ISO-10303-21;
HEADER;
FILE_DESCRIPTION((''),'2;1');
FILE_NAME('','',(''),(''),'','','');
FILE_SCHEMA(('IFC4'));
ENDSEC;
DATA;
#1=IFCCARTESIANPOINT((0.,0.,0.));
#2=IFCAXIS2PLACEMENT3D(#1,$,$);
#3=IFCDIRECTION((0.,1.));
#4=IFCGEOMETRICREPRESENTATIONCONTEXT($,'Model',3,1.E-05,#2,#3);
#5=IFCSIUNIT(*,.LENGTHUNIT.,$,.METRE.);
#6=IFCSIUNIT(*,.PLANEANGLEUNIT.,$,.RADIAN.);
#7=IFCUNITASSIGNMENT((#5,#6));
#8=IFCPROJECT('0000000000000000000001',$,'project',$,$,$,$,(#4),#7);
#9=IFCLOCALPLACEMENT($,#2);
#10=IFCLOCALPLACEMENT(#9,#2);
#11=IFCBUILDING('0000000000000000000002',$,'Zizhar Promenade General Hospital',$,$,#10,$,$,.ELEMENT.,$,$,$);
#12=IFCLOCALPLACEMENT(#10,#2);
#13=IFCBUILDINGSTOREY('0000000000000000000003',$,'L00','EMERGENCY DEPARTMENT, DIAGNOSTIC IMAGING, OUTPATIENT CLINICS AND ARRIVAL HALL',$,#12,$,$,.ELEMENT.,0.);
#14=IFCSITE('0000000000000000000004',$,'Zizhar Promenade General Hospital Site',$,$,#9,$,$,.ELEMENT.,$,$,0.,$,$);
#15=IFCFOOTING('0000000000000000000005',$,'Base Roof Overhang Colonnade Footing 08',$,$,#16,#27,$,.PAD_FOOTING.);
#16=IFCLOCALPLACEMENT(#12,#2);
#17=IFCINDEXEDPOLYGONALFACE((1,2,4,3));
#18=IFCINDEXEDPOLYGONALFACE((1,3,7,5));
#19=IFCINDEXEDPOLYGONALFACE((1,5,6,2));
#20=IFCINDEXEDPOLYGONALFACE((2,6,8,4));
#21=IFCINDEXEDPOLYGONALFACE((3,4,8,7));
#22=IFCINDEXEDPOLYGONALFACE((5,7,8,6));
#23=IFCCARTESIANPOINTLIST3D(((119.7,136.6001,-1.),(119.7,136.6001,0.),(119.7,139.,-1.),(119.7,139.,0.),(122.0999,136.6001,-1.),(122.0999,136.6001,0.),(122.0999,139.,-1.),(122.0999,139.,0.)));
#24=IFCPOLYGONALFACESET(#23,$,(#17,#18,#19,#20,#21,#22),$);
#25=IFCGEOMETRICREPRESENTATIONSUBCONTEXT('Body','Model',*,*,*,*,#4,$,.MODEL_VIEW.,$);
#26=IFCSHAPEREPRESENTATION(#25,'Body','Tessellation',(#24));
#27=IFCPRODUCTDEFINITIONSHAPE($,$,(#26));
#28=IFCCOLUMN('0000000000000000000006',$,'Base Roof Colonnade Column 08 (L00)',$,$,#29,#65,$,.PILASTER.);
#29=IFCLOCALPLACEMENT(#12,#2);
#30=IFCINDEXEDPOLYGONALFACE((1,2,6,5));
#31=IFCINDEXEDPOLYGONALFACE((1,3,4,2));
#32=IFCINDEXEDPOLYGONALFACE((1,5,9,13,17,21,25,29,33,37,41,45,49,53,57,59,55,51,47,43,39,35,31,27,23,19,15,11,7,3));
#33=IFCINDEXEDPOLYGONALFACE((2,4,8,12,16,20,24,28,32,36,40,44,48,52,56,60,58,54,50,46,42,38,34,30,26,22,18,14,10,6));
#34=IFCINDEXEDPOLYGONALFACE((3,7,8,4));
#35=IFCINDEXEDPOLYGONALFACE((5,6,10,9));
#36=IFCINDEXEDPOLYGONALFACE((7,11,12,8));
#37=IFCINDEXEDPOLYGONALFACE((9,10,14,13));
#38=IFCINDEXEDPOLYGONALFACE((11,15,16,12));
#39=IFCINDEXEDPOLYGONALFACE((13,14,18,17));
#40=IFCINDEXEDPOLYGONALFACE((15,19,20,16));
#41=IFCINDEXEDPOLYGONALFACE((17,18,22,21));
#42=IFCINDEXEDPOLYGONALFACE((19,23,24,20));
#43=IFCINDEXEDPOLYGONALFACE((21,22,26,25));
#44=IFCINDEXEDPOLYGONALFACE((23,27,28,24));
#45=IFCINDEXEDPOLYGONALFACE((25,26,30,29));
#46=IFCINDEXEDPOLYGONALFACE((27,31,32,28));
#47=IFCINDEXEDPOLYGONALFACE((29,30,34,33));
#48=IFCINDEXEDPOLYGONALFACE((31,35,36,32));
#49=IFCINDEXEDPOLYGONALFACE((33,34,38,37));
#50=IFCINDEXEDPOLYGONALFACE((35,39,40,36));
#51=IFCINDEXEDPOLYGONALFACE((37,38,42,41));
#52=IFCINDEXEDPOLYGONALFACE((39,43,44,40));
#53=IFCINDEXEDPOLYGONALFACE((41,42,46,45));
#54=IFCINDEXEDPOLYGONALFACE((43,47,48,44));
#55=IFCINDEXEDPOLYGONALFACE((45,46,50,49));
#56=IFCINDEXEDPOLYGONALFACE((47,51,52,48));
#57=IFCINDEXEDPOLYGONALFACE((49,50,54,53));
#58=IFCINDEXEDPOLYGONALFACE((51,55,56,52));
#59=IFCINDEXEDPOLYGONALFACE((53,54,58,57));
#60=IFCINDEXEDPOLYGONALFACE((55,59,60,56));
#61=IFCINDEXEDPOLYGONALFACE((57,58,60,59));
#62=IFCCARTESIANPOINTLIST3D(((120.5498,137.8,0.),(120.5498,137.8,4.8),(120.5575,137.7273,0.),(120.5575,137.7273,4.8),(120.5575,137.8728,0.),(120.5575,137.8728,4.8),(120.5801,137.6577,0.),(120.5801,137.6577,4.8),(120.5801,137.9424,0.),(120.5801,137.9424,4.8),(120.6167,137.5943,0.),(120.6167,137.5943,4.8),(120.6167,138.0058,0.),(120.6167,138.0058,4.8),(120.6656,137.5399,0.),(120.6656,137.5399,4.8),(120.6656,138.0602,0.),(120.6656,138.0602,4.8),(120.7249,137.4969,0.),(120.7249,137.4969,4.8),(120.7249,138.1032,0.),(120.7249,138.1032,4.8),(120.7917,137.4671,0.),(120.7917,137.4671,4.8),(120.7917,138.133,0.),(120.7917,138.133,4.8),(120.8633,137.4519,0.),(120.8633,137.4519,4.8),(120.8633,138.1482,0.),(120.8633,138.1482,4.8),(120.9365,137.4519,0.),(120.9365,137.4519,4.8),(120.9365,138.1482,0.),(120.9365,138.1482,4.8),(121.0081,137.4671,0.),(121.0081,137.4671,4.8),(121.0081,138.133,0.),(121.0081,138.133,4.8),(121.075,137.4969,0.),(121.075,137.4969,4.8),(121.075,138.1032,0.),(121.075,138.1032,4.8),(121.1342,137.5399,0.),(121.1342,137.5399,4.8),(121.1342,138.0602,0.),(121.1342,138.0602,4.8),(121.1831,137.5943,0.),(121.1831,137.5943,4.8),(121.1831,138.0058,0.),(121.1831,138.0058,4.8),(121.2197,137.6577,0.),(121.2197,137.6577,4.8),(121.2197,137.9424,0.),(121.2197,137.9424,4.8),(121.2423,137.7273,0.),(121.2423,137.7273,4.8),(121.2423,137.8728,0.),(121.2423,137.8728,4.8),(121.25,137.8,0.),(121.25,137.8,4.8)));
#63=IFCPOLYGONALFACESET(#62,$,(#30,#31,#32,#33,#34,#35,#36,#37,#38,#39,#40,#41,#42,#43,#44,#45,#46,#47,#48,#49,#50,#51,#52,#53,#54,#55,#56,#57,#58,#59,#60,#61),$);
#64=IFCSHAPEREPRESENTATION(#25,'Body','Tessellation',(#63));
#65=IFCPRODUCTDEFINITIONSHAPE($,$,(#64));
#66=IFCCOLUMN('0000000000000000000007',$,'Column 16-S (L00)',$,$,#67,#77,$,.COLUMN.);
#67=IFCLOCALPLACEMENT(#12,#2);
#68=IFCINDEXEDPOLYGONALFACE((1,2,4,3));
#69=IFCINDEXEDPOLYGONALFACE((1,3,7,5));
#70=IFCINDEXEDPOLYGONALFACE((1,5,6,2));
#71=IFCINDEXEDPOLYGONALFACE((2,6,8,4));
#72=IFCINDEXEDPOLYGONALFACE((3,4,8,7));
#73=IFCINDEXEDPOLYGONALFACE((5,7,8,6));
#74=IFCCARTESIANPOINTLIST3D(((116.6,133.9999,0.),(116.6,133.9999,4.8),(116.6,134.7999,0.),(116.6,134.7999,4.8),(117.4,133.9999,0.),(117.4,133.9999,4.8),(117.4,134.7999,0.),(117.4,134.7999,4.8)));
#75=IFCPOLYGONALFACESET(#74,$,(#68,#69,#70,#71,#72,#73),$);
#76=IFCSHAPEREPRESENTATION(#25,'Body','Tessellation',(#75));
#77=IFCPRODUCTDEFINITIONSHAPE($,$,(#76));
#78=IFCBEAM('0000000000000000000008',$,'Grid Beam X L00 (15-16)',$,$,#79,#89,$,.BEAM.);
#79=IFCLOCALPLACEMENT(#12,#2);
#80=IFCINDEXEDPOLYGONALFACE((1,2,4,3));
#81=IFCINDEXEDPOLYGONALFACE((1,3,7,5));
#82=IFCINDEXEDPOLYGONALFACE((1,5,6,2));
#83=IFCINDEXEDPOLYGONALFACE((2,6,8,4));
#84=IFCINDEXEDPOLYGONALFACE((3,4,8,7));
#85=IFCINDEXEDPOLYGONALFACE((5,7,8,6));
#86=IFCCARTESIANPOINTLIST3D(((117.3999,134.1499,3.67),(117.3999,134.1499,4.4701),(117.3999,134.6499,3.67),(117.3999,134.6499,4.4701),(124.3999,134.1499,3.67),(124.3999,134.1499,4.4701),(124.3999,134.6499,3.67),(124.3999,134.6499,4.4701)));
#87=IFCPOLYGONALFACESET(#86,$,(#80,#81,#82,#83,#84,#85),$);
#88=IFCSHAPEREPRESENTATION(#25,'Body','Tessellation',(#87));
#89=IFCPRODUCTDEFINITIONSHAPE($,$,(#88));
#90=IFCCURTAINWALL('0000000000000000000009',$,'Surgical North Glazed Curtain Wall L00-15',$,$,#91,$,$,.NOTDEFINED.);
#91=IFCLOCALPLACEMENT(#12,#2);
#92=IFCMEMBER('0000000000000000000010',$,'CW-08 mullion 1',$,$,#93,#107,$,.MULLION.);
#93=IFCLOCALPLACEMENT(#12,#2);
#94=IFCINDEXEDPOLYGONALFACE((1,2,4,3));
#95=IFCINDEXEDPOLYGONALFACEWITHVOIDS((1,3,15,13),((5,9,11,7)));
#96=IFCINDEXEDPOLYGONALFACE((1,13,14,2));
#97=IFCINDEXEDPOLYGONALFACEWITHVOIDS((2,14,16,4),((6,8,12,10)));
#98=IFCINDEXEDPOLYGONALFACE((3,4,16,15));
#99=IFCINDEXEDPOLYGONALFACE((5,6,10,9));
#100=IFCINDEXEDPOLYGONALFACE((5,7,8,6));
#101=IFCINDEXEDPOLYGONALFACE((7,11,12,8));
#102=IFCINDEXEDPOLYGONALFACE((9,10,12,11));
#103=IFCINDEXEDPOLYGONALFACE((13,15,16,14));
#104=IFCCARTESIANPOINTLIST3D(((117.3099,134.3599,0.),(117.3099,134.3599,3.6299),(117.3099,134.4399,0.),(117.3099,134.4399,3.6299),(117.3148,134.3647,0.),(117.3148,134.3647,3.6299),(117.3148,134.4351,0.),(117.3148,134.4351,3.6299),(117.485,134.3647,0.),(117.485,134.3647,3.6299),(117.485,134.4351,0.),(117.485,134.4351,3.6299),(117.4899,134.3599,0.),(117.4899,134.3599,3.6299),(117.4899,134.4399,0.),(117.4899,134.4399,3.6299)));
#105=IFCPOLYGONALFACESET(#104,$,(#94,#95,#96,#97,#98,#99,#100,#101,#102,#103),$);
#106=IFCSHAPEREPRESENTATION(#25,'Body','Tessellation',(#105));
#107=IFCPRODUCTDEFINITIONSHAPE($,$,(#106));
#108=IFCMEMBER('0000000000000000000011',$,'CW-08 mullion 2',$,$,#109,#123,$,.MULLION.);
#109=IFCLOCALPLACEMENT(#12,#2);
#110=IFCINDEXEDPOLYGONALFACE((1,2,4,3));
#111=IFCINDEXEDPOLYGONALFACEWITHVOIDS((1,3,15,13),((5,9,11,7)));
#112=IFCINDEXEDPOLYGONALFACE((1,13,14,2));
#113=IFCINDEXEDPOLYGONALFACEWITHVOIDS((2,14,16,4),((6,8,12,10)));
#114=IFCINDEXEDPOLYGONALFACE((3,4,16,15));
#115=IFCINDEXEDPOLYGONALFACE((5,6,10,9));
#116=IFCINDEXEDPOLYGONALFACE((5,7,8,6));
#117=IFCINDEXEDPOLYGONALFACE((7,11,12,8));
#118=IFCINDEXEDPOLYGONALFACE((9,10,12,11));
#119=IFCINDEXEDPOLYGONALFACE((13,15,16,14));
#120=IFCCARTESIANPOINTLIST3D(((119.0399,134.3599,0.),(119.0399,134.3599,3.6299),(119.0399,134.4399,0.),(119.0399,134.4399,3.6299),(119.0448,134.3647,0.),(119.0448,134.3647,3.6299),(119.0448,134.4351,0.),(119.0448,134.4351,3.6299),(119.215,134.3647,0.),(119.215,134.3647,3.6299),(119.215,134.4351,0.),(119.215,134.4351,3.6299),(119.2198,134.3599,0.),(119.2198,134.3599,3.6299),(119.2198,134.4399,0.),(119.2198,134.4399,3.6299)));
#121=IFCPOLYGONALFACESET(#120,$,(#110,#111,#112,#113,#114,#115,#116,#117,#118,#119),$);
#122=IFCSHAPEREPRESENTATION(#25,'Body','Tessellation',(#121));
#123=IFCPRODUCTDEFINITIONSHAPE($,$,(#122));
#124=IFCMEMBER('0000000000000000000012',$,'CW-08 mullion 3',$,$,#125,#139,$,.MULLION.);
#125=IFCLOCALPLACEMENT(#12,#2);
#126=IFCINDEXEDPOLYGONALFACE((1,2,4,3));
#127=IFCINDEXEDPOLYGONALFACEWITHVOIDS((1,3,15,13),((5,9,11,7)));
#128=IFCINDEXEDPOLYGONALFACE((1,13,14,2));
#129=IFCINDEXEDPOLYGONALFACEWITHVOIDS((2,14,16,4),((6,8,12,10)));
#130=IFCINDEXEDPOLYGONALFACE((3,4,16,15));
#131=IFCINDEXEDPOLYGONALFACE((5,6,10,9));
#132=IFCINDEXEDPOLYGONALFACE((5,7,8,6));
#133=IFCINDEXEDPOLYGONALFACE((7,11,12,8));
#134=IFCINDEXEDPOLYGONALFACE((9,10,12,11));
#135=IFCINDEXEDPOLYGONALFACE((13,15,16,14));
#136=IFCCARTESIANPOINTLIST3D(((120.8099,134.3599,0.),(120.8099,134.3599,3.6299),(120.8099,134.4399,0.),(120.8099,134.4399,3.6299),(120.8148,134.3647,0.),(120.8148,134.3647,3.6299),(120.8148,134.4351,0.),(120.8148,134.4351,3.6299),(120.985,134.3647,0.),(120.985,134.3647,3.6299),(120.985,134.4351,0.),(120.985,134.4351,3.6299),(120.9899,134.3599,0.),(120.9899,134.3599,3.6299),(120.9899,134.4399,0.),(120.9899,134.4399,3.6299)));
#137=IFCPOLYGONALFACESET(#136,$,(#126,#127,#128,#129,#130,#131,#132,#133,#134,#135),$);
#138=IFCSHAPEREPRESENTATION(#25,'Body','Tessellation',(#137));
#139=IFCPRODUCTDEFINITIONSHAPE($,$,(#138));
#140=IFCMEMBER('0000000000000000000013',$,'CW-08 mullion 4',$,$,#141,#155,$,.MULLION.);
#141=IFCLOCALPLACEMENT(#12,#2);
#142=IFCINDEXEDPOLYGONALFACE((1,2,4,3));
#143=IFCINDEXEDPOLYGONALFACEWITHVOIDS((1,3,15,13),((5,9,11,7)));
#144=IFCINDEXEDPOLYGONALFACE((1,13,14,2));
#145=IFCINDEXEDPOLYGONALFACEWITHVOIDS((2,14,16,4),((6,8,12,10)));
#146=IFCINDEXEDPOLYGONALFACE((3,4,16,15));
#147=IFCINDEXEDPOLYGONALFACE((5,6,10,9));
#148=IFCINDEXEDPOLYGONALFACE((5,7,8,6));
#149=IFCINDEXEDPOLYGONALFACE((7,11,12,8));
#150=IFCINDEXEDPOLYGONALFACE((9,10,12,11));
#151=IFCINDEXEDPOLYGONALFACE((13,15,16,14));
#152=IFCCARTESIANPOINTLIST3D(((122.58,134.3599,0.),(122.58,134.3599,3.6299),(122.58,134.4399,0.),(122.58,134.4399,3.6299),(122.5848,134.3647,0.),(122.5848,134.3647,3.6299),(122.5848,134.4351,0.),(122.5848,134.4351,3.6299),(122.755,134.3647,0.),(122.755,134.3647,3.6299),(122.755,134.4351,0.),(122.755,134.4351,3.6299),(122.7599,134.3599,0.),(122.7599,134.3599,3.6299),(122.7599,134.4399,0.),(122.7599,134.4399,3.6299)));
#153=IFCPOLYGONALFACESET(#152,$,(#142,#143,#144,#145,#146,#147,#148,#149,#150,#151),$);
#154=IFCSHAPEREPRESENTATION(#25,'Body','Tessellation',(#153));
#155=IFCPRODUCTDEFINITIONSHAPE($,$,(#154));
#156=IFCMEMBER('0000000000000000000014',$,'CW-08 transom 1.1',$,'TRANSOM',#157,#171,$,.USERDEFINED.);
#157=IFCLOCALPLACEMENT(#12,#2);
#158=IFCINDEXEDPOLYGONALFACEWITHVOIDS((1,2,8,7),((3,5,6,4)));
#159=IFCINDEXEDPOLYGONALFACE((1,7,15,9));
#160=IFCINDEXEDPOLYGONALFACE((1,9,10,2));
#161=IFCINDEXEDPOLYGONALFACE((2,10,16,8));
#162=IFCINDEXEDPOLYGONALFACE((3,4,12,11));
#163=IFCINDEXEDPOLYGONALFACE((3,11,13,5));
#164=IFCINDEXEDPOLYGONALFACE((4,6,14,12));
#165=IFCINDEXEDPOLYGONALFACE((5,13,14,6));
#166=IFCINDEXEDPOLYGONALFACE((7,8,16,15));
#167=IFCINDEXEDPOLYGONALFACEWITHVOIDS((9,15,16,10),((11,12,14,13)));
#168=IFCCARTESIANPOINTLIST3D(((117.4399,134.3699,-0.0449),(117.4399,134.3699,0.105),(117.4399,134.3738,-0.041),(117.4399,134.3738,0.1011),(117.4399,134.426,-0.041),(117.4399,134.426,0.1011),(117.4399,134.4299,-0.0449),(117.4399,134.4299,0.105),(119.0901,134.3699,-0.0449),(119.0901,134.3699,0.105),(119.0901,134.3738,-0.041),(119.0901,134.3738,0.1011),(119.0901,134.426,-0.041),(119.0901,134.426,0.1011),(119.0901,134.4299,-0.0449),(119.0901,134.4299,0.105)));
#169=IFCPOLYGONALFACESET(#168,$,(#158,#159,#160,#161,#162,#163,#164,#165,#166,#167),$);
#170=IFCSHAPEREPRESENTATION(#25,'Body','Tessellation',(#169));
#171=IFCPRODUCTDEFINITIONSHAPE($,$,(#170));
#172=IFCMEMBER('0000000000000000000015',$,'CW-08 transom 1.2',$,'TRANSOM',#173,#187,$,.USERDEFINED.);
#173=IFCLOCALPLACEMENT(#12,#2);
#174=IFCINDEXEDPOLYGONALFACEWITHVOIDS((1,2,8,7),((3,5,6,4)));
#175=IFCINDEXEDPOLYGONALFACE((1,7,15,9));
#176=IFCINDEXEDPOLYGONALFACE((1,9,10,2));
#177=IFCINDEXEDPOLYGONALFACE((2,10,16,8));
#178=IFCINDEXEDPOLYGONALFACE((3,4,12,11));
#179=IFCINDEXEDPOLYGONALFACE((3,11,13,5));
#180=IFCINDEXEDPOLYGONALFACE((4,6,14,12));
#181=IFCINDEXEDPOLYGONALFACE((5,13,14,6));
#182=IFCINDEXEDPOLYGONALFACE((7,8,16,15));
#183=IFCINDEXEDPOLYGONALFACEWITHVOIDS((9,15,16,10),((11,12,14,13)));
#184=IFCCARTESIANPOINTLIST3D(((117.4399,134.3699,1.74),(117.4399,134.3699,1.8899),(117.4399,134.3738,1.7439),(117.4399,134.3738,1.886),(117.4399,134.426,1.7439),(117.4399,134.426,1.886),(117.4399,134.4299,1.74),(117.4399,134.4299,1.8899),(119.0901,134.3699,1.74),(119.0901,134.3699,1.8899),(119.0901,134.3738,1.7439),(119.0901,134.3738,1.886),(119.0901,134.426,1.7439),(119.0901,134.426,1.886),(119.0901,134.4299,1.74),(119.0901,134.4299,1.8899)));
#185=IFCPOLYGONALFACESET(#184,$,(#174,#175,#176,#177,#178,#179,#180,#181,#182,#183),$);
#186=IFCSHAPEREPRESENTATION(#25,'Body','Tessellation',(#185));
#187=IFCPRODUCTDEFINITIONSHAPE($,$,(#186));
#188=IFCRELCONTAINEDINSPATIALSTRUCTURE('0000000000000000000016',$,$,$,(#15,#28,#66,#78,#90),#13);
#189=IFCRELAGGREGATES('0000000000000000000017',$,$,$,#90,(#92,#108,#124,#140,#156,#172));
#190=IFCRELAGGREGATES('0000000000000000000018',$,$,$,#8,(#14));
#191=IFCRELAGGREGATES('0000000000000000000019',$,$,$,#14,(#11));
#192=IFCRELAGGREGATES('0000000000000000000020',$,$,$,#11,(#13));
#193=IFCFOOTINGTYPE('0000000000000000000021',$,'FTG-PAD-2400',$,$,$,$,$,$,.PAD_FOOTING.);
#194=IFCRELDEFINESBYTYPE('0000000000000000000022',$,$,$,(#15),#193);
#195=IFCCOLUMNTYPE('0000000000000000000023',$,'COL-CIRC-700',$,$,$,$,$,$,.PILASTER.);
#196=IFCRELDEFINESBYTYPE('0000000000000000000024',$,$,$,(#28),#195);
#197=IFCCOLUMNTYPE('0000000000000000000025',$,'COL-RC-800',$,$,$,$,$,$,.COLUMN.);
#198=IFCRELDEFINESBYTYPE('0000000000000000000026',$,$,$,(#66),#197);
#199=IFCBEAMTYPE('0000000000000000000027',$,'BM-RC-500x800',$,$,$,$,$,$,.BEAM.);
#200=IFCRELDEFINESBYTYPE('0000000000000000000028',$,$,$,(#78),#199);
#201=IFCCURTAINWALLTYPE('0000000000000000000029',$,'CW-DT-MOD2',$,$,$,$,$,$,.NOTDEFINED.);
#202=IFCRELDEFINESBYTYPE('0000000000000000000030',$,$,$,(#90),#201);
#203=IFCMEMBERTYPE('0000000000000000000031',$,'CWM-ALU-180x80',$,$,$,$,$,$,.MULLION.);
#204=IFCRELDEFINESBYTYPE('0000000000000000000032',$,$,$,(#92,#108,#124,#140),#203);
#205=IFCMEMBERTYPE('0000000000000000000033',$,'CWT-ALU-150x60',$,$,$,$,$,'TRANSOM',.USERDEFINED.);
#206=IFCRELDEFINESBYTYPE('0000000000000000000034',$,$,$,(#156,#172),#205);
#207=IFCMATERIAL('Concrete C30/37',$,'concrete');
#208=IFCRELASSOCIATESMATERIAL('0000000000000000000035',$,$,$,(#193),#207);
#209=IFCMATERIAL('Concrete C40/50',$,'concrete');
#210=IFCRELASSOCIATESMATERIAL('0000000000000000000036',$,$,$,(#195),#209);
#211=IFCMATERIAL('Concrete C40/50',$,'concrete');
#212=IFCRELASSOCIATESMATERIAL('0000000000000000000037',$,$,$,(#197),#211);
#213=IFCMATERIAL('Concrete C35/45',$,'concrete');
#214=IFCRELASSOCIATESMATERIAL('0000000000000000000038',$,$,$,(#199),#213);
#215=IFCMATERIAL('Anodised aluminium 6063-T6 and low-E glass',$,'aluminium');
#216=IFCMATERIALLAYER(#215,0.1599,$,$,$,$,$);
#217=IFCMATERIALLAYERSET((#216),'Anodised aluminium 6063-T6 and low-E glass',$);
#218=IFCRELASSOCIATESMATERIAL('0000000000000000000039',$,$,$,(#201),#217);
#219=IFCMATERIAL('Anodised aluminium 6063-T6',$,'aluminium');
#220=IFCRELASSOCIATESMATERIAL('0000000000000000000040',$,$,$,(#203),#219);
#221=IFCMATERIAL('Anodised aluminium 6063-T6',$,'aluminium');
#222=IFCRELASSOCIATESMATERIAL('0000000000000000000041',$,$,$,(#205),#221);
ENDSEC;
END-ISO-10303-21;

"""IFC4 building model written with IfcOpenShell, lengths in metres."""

from ifc_helpers import new_model, si_unit, direction, frame, origin, origin_2d, place, context, subcontext, project, spatial, rectangle, hollow_rectangle, circle, extrude, material, layer, layer_set, material_profile, profile_set, type_object, element, aggregate, save


model = new_model("IFC4")

# Units and contexts
model_context = context("Model", 3, precision=1e-05, world=origin(), true_north=direction((0.0, 1.0)))
body_context = subcontext(model_context, "Body", "Model", "MODEL_VIEW")
ifc_project = project(units=[si_unit("LENGTHUNIT", "METRE"), si_unit("PLANEANGLEUNIT", "RADIAN")], contexts=[model_context])

# Site, building, storey
site_placement = place(None, origin())
site = spatial("IfcSite", under=ifc_project, at=site_placement, Name="Zizhar Promenade General Hospital Site", CompositionType="ELEMENT", RefElevation=0.0)
building_placement = place(site_placement, origin())
building = spatial("IfcBuilding", under=site, at=building_placement, Name="Zizhar Promenade General Hospital", CompositionType="ELEMENT")
storey_placement = place(building_placement, origin())
storey = spatial("IfcBuildingStorey", under=building, at=storey_placement, Name="L00", Description="EMERGENCY DEPARTMENT, DIAGNOSTIC IMAGING, OUTPATIENT CLINICS AND ARRIVAL HALL", CompositionType="ELEMENT", Elevation=0.0)

# Footing
ifc_material_1 = material(Name="Concrete C30/37", Category="concrete")
footing_type = type_object("IfcFootingType", Name="FTG-PAD-2400", PredefinedType="PAD_FOOTING", material=ifc_material_1)
footing_placement = place(storey_placement, frame((120.8999, 137.8, -1.0), z_axis=(0.0, 0.0, 1.0), x_axis=(1.0, 0.0, 0.0)))
element("IfcFooting", 1, at=footing_placement, inside=storey, type_object=footing_type, Name="Base Roof Overhang Colonnade Footing 08", PredefinedType="PAD_FOOTING", context=body_context, shape_type="SweptSolid", body=[
    extrude(rectangle(XDim=2.3999, YDim=2.3999, at=origin_2d()), origin(), (0.0, 0.0, 1.0), 1.0),
])

# Columns
ifc_material_2 = material(Name="Concrete C40/50", Category="concrete")
ifc_material_profile_1 = material_profile(ifc_material_2, circle(Radius=0.3501, at=origin_2d()))
ifc_profile_set_1 = profile_set([ifc_material_profile_1], Name="Concrete C40/50")
column_type_1 = type_object("IfcColumnType", Name="COL-CIRC-700", PredefinedType="PILASTER", material=ifc_profile_set_1)
column_1_placement = place(storey_placement, frame((120.8999, 137.8, 0.0), z_axis=(0.0, 0.0, 1.0), x_axis=(1.0, 0.0, 0.0)))
element("IfcColumn", 2, at=column_1_placement, inside=storey, type_object=column_type_1, Name="Base Roof Colonnade Column 08 (L00)", PredefinedType="PILASTER", context=body_context, shape_type="SweptSolid", body=[
    extrude(circle(Radius=0.3501, at=origin_2d()), origin(), (0.0, 0.0, 1.0), 4.8),
])
ifc_material_3 = material(Name="Concrete C40/50", Category="concrete")
ifc_material_profile_2 = material_profile(ifc_material_3, rectangle(XDim=0.8, YDim=0.8, at=origin_2d()))
ifc_profile_set_2 = profile_set([ifc_material_profile_2], Name="Concrete C40/50")
column_type_2 = type_object("IfcColumnType", Name="COL-RC-800", PredefinedType="COLUMN", material=ifc_profile_set_2)
column_2_placement = place(storey_placement, frame((117.0, 134.3999, 0.0), z_axis=(0.0, 0.0, 1.0), x_axis=(1.0, 0.0, 0.0)))
element("IfcColumn", 3, at=column_2_placement, inside=storey, type_object=column_type_2, Name="Column 16-S (L00)", PredefinedType="COLUMN", context=body_context, shape_type="SweptSolid", body=[
    extrude(rectangle(XDim=0.8, YDim=0.8, at=origin_2d()), origin(), (0.0, 0.0, 1.0), 4.8),
])

# Beam
ifc_material_4 = material(Name="Concrete C35/45", Category="concrete")
ifc_material_profile_3 = material_profile(ifc_material_4, rectangle(XDim=0.5, YDim=0.8, at=origin_2d()))
ifc_profile_set_3 = profile_set([ifc_material_profile_3], Name="Concrete C35/45")
beam_type = type_object("IfcBeamType", Name="BM-RC-500x800", PredefinedType="BEAM", material=ifc_profile_set_3)
beam_placement = place(storey_placement, frame((117.3999, 134.3999, 4.0701), z_axis=(1.0, 0.0, 0.0), x_axis=(0.0, 1.0, 0.0)))
element("IfcBeam", 4, at=beam_placement, inside=storey, type_object=beam_type, Name="Grid Beam X L00 (15-16)", PredefinedType="BEAM", context=body_context, shape_type="SweptSolid", body=[
    extrude(rectangle(XDim=0.5, YDim=0.8, at=origin_2d()), origin(), (0.0, 0.0, 1.0), 7.0),
])

# Curtain wall, members
ifc_material_5 = material(Name="Anodised aluminium 6063-T6 and low-E glass", Category="aluminium")
ifc_layer_1 = layer(ifc_material_5, 0.1599)
ifc_layer_set_1 = layer_set([ifc_layer_1], Name="Anodised aluminium 6063-T6 and low-E glass")
curtain_wall_type = type_object("IfcCurtainWallType", Name="CW-DT-MOD2", PredefinedType="NOTDEFINED", material=ifc_layer_set_1)
curtain_wall_placement = place(storey_placement, origin())
curtain_wall = element("IfcCurtainWall", 5, at=curtain_wall_placement, inside=storey, type_object=curtain_wall_type, Name="Surgical North Glazed Curtain Wall L00-15", PredefinedType="NOTDEFINED")
ifc_material_6 = material(Name="Anodised aluminium 6063-T6", Category="aluminium")
ifc_material_profile_4 = material_profile(ifc_material_6, hollow_rectangle(XDim=0.0801, YDim=0.1799, WallThickness=0.0049, at=origin_2d()))
ifc_profile_set_4 = profile_set([ifc_material_profile_4], Name="Anodised aluminium 6063-T6")
member_type_1 = type_object("IfcMemberType", Name="CWM-ALU-180x80", PredefinedType="MULLION", material=ifc_profile_set_4)
member_1_placement = place(storey_placement, frame((117.3999, 134.3999, 0.0), z_axis=(0.0, 0.0, 1.0), x_axis=(0.0, 1.0, 0.0)))
member_1 = element("IfcMember", 6, at=member_1_placement, type_object=member_type_1, Name="CW-08 mullion 1", PredefinedType="MULLION", context=body_context, shape_type="SweptSolid", body=[
    extrude(hollow_rectangle(XDim=0.0801, YDim=0.1799, WallThickness=0.0049, at=origin_2d()), origin(), (0.0, 0.0, 1.0), 3.6299),
])
member_2_placement = place(storey_placement, frame((119.1299, 134.3999, 0.0), z_axis=(0.0, 0.0, 1.0), x_axis=(0.0, 1.0, 0.0)))
member_2 = element("IfcMember", 7, at=member_2_placement, type_object=member_type_1, Name="CW-08 mullion 2", PredefinedType="MULLION", context=body_context, shape_type="SweptSolid", body=[
    extrude(hollow_rectangle(XDim=0.0801, YDim=0.1799, WallThickness=0.0049, at=origin_2d()), origin(), (0.0, 0.0, 1.0), 3.6299),
])
member_3_placement = place(storey_placement, frame((120.8999, 134.3999, 0.0), z_axis=(0.0, 0.0, 1.0), x_axis=(0.0, 1.0, 0.0)))
member_3 = element("IfcMember", 8, at=member_3_placement, type_object=member_type_1, Name="CW-08 mullion 3", PredefinedType="MULLION", context=body_context, shape_type="SweptSolid", body=[
    extrude(hollow_rectangle(XDim=0.0801, YDim=0.1799, WallThickness=0.0049, at=origin_2d()), origin(), (0.0, 0.0, 1.0), 3.6299),
])
member_4_placement = place(storey_placement, frame((122.6699, 134.3999, 0.0), z_axis=(0.0, 0.0, 1.0), x_axis=(0.0, 1.0, 0.0)))
member_4 = element("IfcMember", 9, at=member_4_placement, type_object=member_type_1, Name="CW-08 mullion 4", PredefinedType="MULLION", context=body_context, shape_type="SweptSolid", body=[
    extrude(hollow_rectangle(XDim=0.0801, YDim=0.1799, WallThickness=0.0049, at=origin_2d()), origin(), (0.0, 0.0, 1.0), 3.6299),
])
ifc_material_7 = material(Name="Anodised aluminium 6063-T6", Category="aluminium")
ifc_material_profile_5 = material_profile(ifc_material_7, hollow_rectangle(XDim=0.0601, YDim=0.1499, WallThickness=0.0039, at=origin_2d()))
ifc_profile_set_5 = profile_set([ifc_material_profile_5], Name="Anodised aluminium 6063-T6")
member_type_2 = type_object("IfcMemberType", Name="CWT-ALU-150x60", ElementType="TRANSOM", PredefinedType="USERDEFINED", material=ifc_profile_set_5)
member_5_placement = place(storey_placement, frame((117.4399, 134.3999, 0.03), z_axis=(1.0, 0.0, 0.0), x_axis=(0.0, 1.0, 0.0)))
member_5 = element("IfcMember", 10, at=member_5_placement, type_object=member_type_2, Name="CW-08 transom 1.1", ObjectType="TRANSOM", PredefinedType="USERDEFINED", context=body_context, shape_type="SweptSolid", body=[
    extrude(hollow_rectangle(XDim=0.0601, YDim=0.1499, WallThickness=0.0039, at=origin_2d()), origin(), (0.0, 0.0, 1.0), 1.6501),
])
member_6_placement = place(storey_placement, frame((117.4399, 134.3999, 1.8149), z_axis=(1.0, 0.0, 0.0), x_axis=(0.0, 1.0, 0.0)))
member_6 = element("IfcMember", 11, at=member_6_placement, type_object=member_type_2, Name="CW-08 transom 1.2", ObjectType="TRANSOM", PredefinedType="USERDEFINED", context=body_context, shape_type="SweptSolid", body=[
    extrude(hollow_rectangle(XDim=0.0601, YDim=0.1499, WallThickness=0.0039, at=origin_2d()), origin(), (0.0, 0.0, 1.0), 1.6501),
])
aggregate(curtain_wall, [member_1, member_2, member_3, member_4, member_5, member_6])

save(model, "model.ifc")
